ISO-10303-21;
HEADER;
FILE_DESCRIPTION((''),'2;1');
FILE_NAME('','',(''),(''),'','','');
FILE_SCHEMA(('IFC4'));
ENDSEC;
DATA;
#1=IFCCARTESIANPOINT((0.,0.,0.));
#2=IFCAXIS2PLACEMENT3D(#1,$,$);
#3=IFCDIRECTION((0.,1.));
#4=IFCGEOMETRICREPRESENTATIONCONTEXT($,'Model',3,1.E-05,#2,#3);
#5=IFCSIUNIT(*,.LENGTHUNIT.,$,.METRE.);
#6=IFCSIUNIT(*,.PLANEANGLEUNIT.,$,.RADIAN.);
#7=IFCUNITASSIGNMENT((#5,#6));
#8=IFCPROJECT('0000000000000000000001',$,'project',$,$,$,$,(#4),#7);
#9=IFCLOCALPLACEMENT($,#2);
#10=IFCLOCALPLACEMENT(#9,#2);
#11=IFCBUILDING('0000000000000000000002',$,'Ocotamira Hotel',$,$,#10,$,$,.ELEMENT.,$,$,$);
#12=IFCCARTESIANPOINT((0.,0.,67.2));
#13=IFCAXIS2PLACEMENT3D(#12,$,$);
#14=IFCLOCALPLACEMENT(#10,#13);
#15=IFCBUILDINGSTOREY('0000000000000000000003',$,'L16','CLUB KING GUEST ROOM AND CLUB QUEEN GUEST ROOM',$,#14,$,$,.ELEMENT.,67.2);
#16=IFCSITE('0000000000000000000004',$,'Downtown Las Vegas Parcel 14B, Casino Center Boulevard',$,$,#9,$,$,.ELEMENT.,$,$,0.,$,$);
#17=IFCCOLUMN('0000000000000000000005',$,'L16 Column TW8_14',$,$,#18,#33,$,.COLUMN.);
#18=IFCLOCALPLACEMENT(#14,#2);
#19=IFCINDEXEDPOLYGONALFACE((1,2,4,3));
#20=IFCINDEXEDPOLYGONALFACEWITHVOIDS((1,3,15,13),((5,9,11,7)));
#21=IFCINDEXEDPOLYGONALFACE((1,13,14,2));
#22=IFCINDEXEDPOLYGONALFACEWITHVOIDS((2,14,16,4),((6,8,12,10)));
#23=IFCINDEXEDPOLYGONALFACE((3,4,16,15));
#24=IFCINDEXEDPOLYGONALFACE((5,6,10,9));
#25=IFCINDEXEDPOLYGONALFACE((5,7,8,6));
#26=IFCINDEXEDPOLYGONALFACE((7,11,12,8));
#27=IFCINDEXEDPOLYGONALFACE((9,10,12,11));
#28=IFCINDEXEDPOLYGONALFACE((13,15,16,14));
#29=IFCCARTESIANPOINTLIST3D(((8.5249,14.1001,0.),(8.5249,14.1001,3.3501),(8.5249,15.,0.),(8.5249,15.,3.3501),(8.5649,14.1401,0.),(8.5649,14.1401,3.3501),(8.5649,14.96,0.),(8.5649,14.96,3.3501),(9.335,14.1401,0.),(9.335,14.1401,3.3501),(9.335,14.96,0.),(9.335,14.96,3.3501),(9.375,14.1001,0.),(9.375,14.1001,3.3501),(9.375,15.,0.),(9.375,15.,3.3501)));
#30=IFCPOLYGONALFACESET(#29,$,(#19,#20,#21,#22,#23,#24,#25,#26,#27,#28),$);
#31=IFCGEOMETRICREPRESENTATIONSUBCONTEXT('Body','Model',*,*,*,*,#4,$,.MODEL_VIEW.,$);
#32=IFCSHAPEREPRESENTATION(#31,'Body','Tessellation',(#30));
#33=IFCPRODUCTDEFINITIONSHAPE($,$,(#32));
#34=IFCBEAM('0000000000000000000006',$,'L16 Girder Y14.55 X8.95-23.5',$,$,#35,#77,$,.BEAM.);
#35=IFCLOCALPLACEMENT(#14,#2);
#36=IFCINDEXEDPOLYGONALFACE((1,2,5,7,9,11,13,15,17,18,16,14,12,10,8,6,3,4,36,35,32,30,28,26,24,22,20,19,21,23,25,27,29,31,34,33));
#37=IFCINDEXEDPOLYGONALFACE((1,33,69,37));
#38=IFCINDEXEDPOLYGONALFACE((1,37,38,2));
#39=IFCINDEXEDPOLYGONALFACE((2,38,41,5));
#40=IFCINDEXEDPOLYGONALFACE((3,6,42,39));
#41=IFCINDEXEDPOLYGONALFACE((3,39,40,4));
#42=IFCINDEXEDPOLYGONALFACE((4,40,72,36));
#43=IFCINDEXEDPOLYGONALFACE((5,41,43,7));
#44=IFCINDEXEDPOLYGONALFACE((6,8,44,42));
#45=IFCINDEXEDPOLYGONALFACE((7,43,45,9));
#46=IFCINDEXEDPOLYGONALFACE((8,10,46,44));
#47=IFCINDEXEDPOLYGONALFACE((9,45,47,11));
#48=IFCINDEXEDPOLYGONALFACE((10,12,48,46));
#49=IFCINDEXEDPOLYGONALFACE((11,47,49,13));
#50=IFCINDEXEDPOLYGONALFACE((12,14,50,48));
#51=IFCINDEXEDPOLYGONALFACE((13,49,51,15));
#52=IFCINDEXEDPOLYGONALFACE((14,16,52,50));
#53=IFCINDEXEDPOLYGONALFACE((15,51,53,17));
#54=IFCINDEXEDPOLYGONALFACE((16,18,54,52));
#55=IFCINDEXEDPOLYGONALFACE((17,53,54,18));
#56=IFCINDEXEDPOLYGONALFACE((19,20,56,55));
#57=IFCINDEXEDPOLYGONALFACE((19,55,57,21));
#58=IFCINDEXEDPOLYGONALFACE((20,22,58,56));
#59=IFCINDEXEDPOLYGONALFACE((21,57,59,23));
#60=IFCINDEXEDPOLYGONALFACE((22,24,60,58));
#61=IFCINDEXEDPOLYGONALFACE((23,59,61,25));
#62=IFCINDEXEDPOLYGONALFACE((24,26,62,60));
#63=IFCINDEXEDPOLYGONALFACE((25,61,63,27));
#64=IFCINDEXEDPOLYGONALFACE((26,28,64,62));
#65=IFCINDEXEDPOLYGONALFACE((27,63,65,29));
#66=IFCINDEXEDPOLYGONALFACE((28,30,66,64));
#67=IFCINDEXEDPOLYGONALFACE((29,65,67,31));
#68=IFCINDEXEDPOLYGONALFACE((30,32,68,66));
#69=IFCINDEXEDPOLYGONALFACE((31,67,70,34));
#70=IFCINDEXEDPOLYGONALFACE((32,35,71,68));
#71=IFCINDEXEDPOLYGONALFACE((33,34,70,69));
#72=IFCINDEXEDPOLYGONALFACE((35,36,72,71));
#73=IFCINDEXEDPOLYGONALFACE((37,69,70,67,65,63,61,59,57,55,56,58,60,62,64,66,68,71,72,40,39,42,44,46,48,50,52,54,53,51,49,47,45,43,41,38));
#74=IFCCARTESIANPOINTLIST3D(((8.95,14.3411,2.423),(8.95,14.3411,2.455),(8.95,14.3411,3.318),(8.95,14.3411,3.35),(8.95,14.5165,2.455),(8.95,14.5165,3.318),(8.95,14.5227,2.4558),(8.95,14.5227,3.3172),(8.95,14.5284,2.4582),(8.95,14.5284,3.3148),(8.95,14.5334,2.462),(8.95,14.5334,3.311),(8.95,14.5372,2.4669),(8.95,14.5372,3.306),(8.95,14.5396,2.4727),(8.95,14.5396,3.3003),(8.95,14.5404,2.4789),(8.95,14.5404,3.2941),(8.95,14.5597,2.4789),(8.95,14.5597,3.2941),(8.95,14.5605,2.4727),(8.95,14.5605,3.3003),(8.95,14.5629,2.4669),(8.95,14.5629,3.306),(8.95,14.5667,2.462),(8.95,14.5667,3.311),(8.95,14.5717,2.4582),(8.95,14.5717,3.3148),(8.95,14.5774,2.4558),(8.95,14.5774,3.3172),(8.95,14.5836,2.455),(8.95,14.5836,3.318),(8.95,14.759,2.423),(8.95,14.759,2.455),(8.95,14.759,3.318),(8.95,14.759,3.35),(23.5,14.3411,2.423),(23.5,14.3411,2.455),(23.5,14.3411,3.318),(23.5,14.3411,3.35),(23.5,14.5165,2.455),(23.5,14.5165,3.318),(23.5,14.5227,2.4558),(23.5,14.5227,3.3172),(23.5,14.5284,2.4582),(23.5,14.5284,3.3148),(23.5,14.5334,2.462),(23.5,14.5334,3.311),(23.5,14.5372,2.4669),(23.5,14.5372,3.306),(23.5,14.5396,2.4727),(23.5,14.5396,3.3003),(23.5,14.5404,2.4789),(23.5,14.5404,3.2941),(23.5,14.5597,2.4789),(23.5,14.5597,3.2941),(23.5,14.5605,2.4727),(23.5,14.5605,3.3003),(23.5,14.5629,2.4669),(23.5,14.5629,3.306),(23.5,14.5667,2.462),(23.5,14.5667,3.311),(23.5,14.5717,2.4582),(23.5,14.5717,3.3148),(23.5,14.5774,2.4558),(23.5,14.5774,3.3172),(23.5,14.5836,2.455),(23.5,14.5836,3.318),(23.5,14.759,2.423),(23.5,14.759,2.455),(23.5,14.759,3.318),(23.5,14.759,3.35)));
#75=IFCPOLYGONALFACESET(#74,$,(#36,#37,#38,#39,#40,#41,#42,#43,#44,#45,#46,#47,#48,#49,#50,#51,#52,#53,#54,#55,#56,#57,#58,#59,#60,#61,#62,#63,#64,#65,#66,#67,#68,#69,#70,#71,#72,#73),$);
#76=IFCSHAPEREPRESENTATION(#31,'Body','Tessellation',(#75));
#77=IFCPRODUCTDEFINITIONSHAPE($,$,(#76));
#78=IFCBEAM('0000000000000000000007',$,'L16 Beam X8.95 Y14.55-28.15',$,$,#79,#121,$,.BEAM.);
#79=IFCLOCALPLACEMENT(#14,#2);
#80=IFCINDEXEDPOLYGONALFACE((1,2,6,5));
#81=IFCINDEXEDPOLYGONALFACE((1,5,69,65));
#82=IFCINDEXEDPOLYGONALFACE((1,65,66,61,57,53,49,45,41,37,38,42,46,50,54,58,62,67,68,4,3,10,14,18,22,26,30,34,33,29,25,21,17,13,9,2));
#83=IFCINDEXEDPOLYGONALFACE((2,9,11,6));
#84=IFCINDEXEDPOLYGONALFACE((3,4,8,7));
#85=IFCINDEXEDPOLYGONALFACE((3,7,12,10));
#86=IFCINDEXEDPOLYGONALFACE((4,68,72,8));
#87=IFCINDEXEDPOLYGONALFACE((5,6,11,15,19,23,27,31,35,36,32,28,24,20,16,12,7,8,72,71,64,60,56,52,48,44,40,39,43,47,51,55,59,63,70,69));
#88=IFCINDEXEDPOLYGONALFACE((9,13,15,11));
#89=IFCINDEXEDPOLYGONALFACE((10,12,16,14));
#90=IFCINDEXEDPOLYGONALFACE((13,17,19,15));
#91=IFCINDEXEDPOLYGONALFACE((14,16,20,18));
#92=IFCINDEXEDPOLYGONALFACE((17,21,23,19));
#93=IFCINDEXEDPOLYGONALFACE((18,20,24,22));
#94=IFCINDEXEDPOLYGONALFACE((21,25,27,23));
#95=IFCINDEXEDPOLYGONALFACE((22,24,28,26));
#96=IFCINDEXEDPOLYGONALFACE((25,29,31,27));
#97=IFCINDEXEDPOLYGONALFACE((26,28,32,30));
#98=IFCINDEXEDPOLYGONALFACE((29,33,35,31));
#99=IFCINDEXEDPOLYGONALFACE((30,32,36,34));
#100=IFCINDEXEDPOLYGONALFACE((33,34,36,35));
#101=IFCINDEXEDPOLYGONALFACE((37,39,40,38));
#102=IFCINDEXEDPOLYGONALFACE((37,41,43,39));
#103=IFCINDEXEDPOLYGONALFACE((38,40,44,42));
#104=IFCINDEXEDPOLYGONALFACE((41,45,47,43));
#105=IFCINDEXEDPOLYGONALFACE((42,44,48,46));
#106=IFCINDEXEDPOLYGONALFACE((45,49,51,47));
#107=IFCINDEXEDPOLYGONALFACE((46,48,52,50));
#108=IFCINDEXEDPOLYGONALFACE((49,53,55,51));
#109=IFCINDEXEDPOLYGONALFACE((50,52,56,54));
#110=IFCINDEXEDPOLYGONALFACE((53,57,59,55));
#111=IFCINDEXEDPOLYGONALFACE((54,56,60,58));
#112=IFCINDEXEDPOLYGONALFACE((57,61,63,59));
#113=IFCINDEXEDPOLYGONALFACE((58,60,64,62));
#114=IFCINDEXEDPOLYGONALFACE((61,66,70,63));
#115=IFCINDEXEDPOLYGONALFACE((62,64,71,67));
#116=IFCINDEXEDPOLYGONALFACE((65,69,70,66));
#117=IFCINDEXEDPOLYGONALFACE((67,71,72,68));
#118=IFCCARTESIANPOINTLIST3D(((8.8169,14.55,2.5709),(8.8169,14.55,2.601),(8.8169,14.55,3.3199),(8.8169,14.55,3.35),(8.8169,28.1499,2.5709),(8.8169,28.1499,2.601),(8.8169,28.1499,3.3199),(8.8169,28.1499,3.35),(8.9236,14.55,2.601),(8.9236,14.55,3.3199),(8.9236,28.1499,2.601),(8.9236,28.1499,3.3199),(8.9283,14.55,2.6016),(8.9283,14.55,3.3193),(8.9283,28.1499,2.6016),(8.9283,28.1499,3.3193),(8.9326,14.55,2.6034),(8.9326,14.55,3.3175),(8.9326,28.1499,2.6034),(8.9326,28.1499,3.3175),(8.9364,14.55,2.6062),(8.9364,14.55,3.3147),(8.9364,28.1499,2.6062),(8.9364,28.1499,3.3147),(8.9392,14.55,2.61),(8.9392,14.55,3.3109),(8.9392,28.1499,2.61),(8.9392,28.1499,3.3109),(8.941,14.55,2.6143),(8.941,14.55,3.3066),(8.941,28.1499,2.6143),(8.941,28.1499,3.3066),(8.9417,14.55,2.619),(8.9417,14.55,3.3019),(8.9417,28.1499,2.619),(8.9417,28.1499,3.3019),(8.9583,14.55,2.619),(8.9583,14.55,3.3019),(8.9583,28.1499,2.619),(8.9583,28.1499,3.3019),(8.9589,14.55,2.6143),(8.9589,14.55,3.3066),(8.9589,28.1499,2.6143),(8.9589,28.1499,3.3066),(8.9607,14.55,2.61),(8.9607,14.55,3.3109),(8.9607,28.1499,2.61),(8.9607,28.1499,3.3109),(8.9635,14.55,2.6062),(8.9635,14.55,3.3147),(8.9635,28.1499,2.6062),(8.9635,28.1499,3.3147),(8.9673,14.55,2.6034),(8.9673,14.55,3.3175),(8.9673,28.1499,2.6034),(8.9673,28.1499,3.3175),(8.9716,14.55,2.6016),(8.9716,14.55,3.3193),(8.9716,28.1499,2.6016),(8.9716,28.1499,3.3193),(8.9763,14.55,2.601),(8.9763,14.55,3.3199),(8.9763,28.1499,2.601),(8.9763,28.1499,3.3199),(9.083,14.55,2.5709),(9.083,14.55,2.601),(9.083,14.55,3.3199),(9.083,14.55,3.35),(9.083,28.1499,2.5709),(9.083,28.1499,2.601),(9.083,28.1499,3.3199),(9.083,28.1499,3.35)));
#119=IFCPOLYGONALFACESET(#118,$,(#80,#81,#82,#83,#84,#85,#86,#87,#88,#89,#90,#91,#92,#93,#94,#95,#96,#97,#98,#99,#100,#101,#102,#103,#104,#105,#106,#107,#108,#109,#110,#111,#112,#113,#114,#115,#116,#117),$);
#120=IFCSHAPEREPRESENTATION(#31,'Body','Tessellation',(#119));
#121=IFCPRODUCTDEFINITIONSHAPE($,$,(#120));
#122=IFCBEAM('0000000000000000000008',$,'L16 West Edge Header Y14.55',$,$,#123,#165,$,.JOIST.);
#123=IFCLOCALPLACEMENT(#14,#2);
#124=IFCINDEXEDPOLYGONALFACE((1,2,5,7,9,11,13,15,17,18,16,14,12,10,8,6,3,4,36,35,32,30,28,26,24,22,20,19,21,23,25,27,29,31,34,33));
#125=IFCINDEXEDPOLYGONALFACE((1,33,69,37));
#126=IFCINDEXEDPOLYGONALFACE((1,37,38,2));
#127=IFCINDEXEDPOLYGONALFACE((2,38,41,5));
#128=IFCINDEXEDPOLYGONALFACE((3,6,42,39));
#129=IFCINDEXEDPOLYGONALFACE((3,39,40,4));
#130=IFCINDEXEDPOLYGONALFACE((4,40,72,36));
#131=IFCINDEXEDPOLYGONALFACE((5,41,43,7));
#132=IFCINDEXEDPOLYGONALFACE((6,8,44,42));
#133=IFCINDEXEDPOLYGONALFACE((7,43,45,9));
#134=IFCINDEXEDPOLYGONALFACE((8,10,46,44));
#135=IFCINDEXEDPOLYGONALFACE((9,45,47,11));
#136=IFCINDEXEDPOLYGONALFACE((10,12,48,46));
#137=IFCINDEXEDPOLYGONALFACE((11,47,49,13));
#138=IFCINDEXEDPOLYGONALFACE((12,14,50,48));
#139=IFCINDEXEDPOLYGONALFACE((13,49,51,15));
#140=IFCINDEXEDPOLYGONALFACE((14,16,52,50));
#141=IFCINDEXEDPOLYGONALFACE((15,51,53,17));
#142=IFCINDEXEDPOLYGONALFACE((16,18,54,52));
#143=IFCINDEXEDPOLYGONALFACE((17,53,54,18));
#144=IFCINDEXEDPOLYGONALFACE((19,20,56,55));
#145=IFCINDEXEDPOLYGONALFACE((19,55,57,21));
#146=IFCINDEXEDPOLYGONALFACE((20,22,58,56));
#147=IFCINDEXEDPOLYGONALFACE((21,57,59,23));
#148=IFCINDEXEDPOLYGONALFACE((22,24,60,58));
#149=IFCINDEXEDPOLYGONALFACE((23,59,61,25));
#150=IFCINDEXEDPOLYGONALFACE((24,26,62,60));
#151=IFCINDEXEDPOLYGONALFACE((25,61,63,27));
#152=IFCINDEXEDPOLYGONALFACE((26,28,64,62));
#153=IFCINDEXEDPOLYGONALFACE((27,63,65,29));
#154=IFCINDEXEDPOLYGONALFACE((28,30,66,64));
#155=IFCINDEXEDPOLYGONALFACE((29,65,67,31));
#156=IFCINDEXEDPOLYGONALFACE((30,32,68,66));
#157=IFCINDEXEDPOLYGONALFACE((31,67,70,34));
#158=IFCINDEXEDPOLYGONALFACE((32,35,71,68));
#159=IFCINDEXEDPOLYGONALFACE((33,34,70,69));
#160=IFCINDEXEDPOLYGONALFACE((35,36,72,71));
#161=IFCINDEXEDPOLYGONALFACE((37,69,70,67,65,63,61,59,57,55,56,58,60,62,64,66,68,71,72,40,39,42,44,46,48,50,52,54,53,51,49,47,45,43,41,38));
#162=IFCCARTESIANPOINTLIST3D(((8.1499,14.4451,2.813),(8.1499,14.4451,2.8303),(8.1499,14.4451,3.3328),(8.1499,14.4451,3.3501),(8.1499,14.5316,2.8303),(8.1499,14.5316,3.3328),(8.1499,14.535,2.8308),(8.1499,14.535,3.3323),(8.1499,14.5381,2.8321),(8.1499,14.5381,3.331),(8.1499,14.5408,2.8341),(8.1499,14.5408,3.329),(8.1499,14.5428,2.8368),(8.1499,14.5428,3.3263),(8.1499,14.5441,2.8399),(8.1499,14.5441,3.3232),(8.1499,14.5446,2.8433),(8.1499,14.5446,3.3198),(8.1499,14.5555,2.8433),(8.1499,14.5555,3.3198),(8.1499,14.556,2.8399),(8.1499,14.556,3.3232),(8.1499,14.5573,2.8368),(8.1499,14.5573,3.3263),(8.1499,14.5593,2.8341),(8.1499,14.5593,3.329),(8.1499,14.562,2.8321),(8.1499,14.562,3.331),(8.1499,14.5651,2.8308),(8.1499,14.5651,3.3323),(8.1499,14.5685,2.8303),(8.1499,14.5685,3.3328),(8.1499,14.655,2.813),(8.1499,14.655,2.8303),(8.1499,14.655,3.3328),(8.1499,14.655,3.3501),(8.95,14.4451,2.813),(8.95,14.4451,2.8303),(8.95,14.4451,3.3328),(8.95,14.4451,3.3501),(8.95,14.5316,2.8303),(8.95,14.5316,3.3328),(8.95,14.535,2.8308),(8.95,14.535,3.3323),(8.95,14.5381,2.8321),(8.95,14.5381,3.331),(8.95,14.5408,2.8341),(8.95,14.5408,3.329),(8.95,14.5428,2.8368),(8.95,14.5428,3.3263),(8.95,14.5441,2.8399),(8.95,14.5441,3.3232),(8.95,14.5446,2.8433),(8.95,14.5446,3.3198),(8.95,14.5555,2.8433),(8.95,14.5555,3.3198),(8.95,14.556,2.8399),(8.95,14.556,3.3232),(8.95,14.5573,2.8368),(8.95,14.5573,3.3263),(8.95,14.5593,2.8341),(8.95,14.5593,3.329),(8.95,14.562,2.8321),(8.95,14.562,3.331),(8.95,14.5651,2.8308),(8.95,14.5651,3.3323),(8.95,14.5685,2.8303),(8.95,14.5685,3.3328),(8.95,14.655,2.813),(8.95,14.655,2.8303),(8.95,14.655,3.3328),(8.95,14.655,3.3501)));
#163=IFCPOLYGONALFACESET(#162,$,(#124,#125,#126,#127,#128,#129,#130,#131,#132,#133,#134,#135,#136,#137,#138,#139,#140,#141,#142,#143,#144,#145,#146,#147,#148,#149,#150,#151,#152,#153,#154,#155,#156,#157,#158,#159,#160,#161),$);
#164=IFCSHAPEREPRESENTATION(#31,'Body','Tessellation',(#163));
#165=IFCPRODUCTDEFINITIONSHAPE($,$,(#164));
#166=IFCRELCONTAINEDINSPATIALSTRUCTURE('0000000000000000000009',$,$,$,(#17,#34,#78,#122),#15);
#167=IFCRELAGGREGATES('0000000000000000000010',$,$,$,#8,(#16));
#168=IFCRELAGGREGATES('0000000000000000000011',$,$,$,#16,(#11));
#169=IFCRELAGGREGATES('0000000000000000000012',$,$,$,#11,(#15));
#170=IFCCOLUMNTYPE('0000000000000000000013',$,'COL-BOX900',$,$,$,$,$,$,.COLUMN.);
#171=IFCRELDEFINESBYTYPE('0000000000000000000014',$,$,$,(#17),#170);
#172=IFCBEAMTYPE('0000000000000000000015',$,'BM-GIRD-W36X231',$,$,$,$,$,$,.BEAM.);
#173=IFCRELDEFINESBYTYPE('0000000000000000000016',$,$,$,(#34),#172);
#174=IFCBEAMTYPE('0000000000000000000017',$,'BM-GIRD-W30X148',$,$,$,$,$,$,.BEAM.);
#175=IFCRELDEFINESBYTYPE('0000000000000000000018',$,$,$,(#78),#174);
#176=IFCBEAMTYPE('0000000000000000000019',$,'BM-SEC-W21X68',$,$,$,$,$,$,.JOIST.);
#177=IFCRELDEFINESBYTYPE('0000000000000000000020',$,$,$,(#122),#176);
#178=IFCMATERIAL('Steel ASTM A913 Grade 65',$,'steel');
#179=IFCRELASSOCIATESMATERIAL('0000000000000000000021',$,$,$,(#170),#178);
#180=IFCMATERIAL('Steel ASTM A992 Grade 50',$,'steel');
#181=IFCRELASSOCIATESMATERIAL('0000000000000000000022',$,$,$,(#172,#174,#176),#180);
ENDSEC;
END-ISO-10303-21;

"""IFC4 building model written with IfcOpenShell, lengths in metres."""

from ifc_helpers import new_model, si_unit, direction, frame, origin, origin_2d, place, context, subcontext, project, spatial, hollow_rectangle, i_section, extrude, source, transform, mapped, material, material_profile, profile_set, type_object, element, save


model = new_model("IFC4")

# Units and contexts
model_context = context("Model", 3, precision=1e-05, world=origin(), true_north=direction((0.0, 1.0)))
body_context = subcontext(model_context, "Body", "Model", "MODEL_VIEW")
ifc_project = project(units=[si_unit("LENGTHUNIT", "METRE"), si_unit("PLANEANGLEUNIT", "RADIAN")], contexts=[model_context])

# Site, building, storey
site_placement = place(None, origin())
site = spatial("IfcSite", under=ifc_project, at=site_placement, Name="Downtown Las Vegas Parcel 14B, Casino Center Boulevard", CompositionType="ELEMENT", RefElevation=0.0)
building_placement = place(site_placement, origin())
building = spatial("IfcBuilding", under=site, at=building_placement, Name="Ocotamira Hotel", CompositionType="ELEMENT")
storey_placement = place(building_placement, frame((0.0, 0.0, 67.2)))
storey = spatial("IfcBuildingStorey", under=building, at=storey_placement, Name="L16", Description="CLUB KING GUEST ROOM AND CLUB QUEEN GUEST ROOM", CompositionType="ELEMENT", Elevation=67.2)

# Column
ifc_material_1 = material(Name="Steel ASTM A913 Grade 65", Category="steel")
ifc_material_profile_1 = material_profile(ifc_material_1, hollow_rectangle(XDim=0.8501, YDim=0.8999, WallThickness=0.04, at=origin_2d()), Name="BOX900X850X40")
ifc_profile_set_1 = profile_set([ifc_material_profile_1], Name="Steel ASTM A913 Grade 65")
column_type = type_object("IfcColumnType", Name="COL-BOX900", PredefinedType="COLUMN", material=ifc_profile_set_1)
shared_shape_1 = source(origin(), body_context, "Body", "SweptSolid", [
    extrude(hollow_rectangle(XDim=0.8501, YDim=0.8999, WallThickness=0.04, at=origin_2d()), origin(), (0.0, 0.0, 1.0), 3.3501),
])
column_placement = place(storey_placement, frame((8.95, 14.55, 0.0), z_axis=(0.0, 0.0, 1.0), x_axis=(1.0, 0.0, 0.0)))
element("IfcColumn", 1, at=column_placement, inside=storey, type_object=column_type, Name="L16 Column TW8_14", PredefinedType="COLUMN", context=body_context, shape_type="MappedRepresentation", body=[
    mapped(shared_shape_1, transform((0.0, 0.0, 0.0), scale=1.0)),
])

# Beams
ifc_material_2 = material(Name="Steel ASTM A992 Grade 50", Category="steel")
ifc_material_profile_2 = material_profile(ifc_material_2, i_section(OverallWidth=0.418, OverallDepth=0.927, WebThickness=0.0193, FlangeThickness=0.032, FilletRadius=0.0239, at=origin_2d()), Name="W36X231")
ifc_profile_set_2 = profile_set([ifc_material_profile_2], Name="Steel ASTM A992 Grade 50")
beam_type_1 = type_object("IfcBeamType", Name="BM-GIRD-W36X231", PredefinedType="BEAM", material=ifc_profile_set_2)
shared_shape_2 = source(origin(), body_context, "Body", "SweptSolid", [
    extrude(i_section(OverallWidth=0.418, OverallDepth=0.927, WebThickness=0.0193, FlangeThickness=0.032, FilletRadius=0.0239, at=origin_2d()), origin(), (0.0, 0.0, 1.0), 14.55),
])
beam_1_placement = place(storey_placement, frame((8.95, 14.55, 2.8865), z_axis=(1.0, 0.0, 0.0), x_axis=(0.0, 1.0, 0.0)))
element("IfcBeam", 2, at=beam_1_placement, inside=storey, type_object=beam_type_1, Name="L16 Girder Y14.55 X8.95-23.5", PredefinedType="BEAM", context=body_context, shape_type="MappedRepresentation", body=[
    mapped(shared_shape_2, transform((0.0, 0.0, 0.0), scale=1.0)),
])
ifc_material_profile_3 = material_profile(ifc_material_2, i_section(OverallWidth=0.2661, OverallDepth=0.7791, WebThickness=0.0166, FlangeThickness=0.03, FilletRadius=0.0181, at=origin_2d()), Name="W30X148")
ifc_profile_set_3 = profile_set([ifc_material_profile_3], Name="Steel ASTM A992 Grade 50")
beam_type_2 = type_object("IfcBeamType", Name="BM-GIRD-W30X148", PredefinedType="BEAM", material=ifc_profile_set_3)
shared_shape_3 = source(origin(), body_context, "Body", "SweptSolid", [
    extrude(i_section(OverallWidth=0.2661, OverallDepth=0.7791, WebThickness=0.0166, FlangeThickness=0.03, FilletRadius=0.0181, at=origin_2d()), origin(), (0.0, 0.0, 1.0), 13.5999),
])
beam_2_placement = place(storey_placement, frame((8.95, 14.55, 2.9604), z_axis=(0.0, 1.0, 0.0), x_axis=(-1.0, 0.0, 0.0)))
element("IfcBeam", 3, at=beam_2_placement, inside=storey, type_object=beam_type_2, Name="L16 Beam X8.95 Y14.55-28.15", PredefinedType="BEAM", context=body_context, shape_type="MappedRepresentation", body=[
    mapped(shared_shape_3, transform((0.0, 0.0, 0.0), scale=1.0)),
])
ifc_material_profile_4 = material_profile(ifc_material_2, i_section(OverallWidth=0.21, OverallDepth=0.5371, WebThickness=0.011, FlangeThickness=0.0173, FilletRadius=0.0129, at=origin_2d()), Name="W21X68")
ifc_profile_set_4 = profile_set([ifc_material_profile_4], Name="Steel ASTM A992 Grade 50")
beam_type_3 = type_object("IfcBeamType", Name="BM-SEC-W21X68", PredefinedType="JOIST", material=ifc_profile_set_4)
shared_shape_4 = source(origin(), body_context, "Body", "SweptSolid", [
    extrude(i_section(OverallWidth=0.21, OverallDepth=0.5371, WebThickness=0.011, FlangeThickness=0.0173, FilletRadius=0.0129, at=origin_2d()), origin(), (0.0, 0.0, 1.0), 0.8),
])
beam_3_placement = place(storey_placement, frame((8.95, 14.55, 3.0815), z_axis=(-1.0, 0.0, 0.0), x_axis=(0.0, -1.0, 0.0)))
element("IfcBeam", 4, at=beam_3_placement, inside=storey, type_object=beam_type_3, Name="L16 West Edge Header Y14.55", PredefinedType="JOIST", context=body_context, shape_type="MappedRepresentation", body=[
    mapped(shared_shape_4, transform((0.0, 0.0, 0.0), scale=1.0)),
])

save(model, "model.ifc")
